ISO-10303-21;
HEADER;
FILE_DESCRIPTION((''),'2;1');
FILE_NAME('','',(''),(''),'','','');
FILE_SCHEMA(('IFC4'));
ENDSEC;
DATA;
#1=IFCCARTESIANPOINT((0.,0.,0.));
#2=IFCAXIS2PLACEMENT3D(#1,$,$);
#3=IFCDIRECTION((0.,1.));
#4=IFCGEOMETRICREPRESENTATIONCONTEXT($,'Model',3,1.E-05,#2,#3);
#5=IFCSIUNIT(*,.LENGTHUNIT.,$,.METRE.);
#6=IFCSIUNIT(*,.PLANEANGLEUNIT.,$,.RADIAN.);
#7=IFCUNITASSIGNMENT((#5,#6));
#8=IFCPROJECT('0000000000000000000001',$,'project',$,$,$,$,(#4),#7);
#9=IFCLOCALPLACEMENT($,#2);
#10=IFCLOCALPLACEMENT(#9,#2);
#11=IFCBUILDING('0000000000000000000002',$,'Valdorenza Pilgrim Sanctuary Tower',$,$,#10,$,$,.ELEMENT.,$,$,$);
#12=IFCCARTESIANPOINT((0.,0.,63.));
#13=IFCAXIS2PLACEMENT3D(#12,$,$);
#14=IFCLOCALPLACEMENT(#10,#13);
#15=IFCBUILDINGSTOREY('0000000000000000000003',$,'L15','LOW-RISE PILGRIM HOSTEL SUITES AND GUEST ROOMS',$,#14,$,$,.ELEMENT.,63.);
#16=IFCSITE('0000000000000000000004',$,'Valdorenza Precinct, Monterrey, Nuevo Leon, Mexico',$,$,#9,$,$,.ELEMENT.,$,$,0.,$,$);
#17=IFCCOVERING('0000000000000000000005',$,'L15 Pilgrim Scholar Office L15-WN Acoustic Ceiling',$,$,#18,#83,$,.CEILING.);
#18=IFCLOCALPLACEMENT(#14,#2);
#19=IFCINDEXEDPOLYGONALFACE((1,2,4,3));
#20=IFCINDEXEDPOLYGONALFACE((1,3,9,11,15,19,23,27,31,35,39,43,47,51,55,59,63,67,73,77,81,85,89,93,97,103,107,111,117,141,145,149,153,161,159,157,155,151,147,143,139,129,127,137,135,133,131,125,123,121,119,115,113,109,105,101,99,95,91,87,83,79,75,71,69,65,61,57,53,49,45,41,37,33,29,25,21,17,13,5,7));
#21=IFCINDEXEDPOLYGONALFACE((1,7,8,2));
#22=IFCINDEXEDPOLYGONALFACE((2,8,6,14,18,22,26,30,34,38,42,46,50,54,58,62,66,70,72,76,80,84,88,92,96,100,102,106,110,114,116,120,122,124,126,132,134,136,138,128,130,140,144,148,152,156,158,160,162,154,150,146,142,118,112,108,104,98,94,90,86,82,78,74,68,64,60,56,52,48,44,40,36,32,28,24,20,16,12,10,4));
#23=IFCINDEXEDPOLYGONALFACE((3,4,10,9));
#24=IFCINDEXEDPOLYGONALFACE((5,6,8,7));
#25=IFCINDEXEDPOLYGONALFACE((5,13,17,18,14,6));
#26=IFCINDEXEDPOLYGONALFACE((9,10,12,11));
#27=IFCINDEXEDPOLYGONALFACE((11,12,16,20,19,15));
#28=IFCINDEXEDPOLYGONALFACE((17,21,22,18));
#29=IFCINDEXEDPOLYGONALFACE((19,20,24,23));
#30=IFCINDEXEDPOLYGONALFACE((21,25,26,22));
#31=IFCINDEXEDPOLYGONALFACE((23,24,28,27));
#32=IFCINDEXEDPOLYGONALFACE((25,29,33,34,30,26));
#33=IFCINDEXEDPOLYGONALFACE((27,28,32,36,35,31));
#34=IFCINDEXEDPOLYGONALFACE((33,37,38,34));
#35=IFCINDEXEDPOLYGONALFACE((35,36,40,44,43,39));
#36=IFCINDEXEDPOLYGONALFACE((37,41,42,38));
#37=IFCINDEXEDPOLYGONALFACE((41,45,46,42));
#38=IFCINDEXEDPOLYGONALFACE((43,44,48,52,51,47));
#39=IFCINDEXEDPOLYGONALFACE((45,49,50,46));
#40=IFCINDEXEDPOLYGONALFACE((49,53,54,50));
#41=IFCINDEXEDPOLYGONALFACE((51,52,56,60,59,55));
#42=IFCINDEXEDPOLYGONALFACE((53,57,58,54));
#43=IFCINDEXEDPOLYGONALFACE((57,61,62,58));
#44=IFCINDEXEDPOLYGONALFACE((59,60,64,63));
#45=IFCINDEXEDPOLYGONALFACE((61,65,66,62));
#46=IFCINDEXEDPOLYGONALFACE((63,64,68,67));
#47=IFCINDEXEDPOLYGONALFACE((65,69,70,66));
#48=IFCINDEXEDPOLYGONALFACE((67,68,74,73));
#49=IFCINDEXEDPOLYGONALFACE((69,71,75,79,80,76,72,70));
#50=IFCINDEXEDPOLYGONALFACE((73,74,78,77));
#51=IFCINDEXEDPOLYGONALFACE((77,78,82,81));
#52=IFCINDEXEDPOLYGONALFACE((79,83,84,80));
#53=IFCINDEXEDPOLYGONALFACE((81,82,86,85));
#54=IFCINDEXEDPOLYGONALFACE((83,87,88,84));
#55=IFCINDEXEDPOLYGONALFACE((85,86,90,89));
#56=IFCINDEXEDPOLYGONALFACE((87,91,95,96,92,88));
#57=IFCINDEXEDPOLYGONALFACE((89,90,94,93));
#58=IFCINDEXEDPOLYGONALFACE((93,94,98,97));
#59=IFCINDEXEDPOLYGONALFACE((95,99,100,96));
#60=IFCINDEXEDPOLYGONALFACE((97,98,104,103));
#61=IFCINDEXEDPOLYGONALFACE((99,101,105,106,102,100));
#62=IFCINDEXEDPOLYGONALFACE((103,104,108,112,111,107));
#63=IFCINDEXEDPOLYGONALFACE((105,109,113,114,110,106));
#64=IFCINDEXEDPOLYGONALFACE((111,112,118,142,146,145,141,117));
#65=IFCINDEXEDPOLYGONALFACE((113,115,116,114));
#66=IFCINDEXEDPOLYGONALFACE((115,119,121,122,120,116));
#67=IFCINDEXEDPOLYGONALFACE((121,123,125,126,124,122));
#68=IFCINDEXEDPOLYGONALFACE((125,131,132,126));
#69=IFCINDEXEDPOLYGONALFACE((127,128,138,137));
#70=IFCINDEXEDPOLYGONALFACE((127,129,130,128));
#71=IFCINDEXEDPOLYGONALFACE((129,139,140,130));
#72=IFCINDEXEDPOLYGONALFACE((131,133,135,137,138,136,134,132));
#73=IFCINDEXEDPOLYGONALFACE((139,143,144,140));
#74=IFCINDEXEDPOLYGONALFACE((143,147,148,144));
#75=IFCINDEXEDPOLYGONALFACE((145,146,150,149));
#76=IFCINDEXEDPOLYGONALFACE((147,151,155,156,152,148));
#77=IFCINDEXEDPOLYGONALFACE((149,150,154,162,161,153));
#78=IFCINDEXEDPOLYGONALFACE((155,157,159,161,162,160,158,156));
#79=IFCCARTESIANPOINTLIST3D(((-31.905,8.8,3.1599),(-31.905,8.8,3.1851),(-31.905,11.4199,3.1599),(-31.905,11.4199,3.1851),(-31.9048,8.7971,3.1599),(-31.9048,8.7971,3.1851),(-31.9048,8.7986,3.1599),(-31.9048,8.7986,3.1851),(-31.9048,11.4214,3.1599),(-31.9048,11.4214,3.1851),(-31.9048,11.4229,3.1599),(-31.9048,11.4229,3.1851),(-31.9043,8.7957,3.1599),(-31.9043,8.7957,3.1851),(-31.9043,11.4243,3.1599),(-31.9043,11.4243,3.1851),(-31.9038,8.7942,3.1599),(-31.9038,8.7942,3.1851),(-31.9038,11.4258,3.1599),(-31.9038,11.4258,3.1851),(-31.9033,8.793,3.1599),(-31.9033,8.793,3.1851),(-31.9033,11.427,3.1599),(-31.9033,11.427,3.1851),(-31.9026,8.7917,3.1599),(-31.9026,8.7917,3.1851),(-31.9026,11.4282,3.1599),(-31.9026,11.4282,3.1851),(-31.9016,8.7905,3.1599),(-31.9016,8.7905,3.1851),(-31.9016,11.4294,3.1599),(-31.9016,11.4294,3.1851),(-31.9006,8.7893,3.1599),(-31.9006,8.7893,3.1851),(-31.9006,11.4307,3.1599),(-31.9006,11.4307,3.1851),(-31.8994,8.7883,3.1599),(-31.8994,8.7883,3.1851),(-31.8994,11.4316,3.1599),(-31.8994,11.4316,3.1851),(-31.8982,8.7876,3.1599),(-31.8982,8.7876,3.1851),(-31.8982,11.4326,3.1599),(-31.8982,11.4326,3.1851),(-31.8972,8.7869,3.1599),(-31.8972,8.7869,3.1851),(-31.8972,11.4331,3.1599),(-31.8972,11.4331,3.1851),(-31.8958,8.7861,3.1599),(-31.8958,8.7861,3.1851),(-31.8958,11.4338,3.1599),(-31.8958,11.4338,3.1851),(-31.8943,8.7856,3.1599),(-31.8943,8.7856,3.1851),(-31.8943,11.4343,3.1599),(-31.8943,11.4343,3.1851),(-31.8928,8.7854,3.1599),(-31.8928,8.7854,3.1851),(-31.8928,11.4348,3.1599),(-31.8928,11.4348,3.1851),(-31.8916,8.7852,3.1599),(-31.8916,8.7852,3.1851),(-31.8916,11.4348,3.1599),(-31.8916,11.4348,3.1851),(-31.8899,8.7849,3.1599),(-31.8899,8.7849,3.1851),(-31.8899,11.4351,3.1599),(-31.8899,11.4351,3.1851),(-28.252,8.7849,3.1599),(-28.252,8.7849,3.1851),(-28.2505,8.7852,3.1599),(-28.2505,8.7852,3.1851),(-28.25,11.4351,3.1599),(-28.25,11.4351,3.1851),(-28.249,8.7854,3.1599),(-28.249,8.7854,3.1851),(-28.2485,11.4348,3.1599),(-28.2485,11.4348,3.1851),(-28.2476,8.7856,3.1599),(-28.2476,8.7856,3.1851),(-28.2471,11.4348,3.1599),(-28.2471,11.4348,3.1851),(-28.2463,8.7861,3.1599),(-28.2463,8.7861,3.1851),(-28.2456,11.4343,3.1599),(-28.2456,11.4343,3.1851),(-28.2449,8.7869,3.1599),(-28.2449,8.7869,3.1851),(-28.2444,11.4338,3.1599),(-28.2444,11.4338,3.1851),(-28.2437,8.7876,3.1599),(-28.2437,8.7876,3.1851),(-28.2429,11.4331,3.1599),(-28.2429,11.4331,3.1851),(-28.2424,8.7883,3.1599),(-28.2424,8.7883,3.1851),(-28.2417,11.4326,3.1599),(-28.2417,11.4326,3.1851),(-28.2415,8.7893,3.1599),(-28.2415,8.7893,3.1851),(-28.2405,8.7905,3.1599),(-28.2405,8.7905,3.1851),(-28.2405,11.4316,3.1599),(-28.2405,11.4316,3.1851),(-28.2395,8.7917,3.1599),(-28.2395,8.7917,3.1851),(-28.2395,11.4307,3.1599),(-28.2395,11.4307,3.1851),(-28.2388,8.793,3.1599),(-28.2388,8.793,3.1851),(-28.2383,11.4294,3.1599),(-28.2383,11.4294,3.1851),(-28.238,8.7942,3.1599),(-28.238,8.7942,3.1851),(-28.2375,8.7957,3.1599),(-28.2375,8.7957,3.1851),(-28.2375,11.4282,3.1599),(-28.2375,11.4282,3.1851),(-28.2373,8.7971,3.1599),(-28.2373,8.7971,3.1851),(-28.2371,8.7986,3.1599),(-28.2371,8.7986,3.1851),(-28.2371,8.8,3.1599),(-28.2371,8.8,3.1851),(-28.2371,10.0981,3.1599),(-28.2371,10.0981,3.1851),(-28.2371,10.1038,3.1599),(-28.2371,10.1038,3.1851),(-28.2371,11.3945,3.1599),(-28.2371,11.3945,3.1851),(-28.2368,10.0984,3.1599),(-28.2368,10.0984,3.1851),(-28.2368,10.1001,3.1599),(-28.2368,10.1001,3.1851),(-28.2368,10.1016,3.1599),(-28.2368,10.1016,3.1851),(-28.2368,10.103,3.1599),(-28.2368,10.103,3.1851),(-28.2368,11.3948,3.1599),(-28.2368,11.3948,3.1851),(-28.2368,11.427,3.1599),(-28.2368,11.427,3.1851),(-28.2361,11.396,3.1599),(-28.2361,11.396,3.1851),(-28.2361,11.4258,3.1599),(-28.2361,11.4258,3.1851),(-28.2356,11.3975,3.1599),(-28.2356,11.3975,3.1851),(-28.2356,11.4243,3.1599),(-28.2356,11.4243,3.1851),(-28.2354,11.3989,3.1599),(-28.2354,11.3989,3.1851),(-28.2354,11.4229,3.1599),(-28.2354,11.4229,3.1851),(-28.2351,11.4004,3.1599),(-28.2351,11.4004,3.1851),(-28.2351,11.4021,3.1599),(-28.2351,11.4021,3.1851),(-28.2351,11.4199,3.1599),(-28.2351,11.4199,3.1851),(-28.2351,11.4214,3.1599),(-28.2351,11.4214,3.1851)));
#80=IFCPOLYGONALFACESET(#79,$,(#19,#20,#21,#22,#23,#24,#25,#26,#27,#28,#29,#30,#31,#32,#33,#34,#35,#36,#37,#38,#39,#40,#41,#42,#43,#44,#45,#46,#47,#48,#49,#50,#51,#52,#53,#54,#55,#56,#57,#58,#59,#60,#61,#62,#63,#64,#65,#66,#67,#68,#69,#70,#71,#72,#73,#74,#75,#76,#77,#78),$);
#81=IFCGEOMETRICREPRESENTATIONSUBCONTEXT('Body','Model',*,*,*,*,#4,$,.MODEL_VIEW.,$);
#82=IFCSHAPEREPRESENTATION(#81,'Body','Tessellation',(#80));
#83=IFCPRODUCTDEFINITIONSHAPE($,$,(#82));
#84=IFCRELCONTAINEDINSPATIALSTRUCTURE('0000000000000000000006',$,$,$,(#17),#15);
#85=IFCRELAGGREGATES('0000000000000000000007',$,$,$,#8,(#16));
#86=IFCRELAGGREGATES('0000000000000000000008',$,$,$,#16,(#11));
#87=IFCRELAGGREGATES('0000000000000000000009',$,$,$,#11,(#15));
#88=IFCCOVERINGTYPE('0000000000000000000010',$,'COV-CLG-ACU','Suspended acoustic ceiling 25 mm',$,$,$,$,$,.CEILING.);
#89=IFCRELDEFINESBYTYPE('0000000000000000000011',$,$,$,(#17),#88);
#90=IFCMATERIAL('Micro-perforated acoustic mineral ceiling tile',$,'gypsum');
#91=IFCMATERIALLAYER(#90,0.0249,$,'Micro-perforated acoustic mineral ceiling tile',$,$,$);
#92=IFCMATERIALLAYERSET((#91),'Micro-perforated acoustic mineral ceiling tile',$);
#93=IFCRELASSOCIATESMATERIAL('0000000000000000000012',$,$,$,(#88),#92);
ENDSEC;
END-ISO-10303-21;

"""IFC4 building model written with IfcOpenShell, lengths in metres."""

from ifc_helpers import new_model, si_unit, direction, frame, origin, place, context, subcontext, project, spatial, polyline, outline, extrude, material, layer, layer_set, type_object, element, save


model = new_model("IFC4")

# Units and contexts
model_context = context("Model", 3, precision=1e-05, world=origin(), true_north=direction((0.0, 1.0)))
body_context = subcontext(model_context, "Body", "Model", "MODEL_VIEW")
ifc_project = project(units=[si_unit("LENGTHUNIT", "METRE"), si_unit("PLANEANGLEUNIT", "RADIAN")], contexts=[model_context])

# Site, building, storey
site_placement = place(None, origin())
site = spatial("IfcSite", under=ifc_project, at=site_placement, Name="Valdorenza Precinct, Monterrey, Nuevo Leon, Mexico", CompositionType="ELEMENT", RefElevation=0.0)
building_placement = place(site_placement, origin())
building = spatial("IfcBuilding", under=site, at=building_placement, Name="Valdorenza Pilgrim Sanctuary Tower", CompositionType="ELEMENT")
storey_placement = place(building_placement, frame((0.0, 0.0, 63.0)))
storey = spatial("IfcBuildingStorey", under=building, at=storey_placement, Name="L15", Description="LOW-RISE PILGRIM HOSTEL SUITES AND GUEST ROOMS", CompositionType="ELEMENT", Elevation=63.0)

# Covering
ifc_material_1 = material(Name="Micro-perforated acoustic mineral ceiling tile", Category="gypsum")
ifc_layer_1 = layer(ifc_material_1, 0.0249, Name="Micro-perforated acoustic mineral ceiling tile")
ifc_layer_set_1 = layer_set([ifc_layer_1], Name="Micro-perforated acoustic mineral ceiling tile")
covering_type_1 = type_object("IfcCoveringType", Name="COV-CLG-ACU", Description="Suspended acoustic ceiling 25 mm", PredefinedType="CEILING", material=ifc_layer_set_1)
covering_1_placement = place(storey_placement, frame((0.0, 0.0, 3.1599)))
element("IfcCovering", 1, at=covering_1_placement, inside=storey, type_object=covering_type_1, Name="L15 Pilgrim Scholar Office L15-WN Acoustic Ceiling", PredefinedType="CEILING", context=body_context, shape_type="SweptSolid", body=[
    extrude(outline(polyline([(-28.2371, 11.3945), (-28.2371, 10.1038), (-28.2368, 10.103), (-28.2368, 10.1016), (-28.2368, 10.1001), (-28.2368, 10.0984), (-28.2371, 10.0981), (-28.2371, 8.8), (-28.2371, 8.7986), (-28.2373, 8.7971), (-28.2375, 8.7957), (-28.238, 8.7942), (-28.2388, 8.793), (-28.2395, 8.7917), (-28.2405, 8.7905), (-28.2415, 8.7893), (-28.2424, 8.7883), (-28.2437, 8.7876), (-28.2449, 8.7869), (-28.2463, 8.7861), (-28.2476, 8.7856), (-28.249, 8.7854), (-28.2505, 8.7852), (-28.252, 8.7849), (-31.8899, 8.7849), (-31.8916, 8.7852), (-31.8928, 8.7854), (-31.8943, 8.7856), (-31.8958, 8.7861), (-31.8972, 8.7869), (-31.8982, 8.7876), (-31.8994, 8.7883), (-31.9006, 8.7893), (-31.9016, 8.7905), (-31.9026, 8.7917), (-31.9033, 8.793), (-31.9038, 8.7942), (-31.9043, 8.7957), (-31.9048, 8.7971), (-31.9048, 8.7986), (-31.905, 8.8), (-31.905, 11.4199), (-31.9048, 11.4214), (-31.9048, 11.4229), (-31.9043, 11.4243), (-31.9038, 11.4258), (-31.9033, 11.427), (-31.9026, 11.4282), (-31.9016, 11.4294), (-31.9006, 11.4307), (-31.8994, 11.4316), (-31.8982, 11.4326), (-31.8972, 11.4331), (-31.8958, 11.4338), (-31.8943, 11.4343), (-31.8928, 11.4348), (-31.8916, 11.4348), (-31.8899, 11.4351), (-28.25, 11.4351), (-28.2485, 11.4348), (-28.2471, 11.4348), (-28.2456, 11.4343), (-28.2444, 11.4338), (-28.2429, 11.4331), (-28.2417, 11.4326), (-28.2405, 11.4316), (-28.2395, 11.4307), (-28.2383, 11.4294), (-28.2375, 11.4282), (-28.2368, 11.427), (-28.2361, 11.4258), (-28.2356, 11.4243), (-28.2354, 11.4229), (-28.2351, 11.4214), (-28.2351, 11.4199), (-28.2351, 11.4021), (-28.2351, 11.4004), (-28.2354, 11.3989), (-28.2356, 11.3975), (-28.2361, 11.396), (-28.2368, 11.3948), (-28.2371, 11.3945)])), origin(), (0.0, 0.0, 1.0), 0.0251),
])

save(model, "model.ifc")
